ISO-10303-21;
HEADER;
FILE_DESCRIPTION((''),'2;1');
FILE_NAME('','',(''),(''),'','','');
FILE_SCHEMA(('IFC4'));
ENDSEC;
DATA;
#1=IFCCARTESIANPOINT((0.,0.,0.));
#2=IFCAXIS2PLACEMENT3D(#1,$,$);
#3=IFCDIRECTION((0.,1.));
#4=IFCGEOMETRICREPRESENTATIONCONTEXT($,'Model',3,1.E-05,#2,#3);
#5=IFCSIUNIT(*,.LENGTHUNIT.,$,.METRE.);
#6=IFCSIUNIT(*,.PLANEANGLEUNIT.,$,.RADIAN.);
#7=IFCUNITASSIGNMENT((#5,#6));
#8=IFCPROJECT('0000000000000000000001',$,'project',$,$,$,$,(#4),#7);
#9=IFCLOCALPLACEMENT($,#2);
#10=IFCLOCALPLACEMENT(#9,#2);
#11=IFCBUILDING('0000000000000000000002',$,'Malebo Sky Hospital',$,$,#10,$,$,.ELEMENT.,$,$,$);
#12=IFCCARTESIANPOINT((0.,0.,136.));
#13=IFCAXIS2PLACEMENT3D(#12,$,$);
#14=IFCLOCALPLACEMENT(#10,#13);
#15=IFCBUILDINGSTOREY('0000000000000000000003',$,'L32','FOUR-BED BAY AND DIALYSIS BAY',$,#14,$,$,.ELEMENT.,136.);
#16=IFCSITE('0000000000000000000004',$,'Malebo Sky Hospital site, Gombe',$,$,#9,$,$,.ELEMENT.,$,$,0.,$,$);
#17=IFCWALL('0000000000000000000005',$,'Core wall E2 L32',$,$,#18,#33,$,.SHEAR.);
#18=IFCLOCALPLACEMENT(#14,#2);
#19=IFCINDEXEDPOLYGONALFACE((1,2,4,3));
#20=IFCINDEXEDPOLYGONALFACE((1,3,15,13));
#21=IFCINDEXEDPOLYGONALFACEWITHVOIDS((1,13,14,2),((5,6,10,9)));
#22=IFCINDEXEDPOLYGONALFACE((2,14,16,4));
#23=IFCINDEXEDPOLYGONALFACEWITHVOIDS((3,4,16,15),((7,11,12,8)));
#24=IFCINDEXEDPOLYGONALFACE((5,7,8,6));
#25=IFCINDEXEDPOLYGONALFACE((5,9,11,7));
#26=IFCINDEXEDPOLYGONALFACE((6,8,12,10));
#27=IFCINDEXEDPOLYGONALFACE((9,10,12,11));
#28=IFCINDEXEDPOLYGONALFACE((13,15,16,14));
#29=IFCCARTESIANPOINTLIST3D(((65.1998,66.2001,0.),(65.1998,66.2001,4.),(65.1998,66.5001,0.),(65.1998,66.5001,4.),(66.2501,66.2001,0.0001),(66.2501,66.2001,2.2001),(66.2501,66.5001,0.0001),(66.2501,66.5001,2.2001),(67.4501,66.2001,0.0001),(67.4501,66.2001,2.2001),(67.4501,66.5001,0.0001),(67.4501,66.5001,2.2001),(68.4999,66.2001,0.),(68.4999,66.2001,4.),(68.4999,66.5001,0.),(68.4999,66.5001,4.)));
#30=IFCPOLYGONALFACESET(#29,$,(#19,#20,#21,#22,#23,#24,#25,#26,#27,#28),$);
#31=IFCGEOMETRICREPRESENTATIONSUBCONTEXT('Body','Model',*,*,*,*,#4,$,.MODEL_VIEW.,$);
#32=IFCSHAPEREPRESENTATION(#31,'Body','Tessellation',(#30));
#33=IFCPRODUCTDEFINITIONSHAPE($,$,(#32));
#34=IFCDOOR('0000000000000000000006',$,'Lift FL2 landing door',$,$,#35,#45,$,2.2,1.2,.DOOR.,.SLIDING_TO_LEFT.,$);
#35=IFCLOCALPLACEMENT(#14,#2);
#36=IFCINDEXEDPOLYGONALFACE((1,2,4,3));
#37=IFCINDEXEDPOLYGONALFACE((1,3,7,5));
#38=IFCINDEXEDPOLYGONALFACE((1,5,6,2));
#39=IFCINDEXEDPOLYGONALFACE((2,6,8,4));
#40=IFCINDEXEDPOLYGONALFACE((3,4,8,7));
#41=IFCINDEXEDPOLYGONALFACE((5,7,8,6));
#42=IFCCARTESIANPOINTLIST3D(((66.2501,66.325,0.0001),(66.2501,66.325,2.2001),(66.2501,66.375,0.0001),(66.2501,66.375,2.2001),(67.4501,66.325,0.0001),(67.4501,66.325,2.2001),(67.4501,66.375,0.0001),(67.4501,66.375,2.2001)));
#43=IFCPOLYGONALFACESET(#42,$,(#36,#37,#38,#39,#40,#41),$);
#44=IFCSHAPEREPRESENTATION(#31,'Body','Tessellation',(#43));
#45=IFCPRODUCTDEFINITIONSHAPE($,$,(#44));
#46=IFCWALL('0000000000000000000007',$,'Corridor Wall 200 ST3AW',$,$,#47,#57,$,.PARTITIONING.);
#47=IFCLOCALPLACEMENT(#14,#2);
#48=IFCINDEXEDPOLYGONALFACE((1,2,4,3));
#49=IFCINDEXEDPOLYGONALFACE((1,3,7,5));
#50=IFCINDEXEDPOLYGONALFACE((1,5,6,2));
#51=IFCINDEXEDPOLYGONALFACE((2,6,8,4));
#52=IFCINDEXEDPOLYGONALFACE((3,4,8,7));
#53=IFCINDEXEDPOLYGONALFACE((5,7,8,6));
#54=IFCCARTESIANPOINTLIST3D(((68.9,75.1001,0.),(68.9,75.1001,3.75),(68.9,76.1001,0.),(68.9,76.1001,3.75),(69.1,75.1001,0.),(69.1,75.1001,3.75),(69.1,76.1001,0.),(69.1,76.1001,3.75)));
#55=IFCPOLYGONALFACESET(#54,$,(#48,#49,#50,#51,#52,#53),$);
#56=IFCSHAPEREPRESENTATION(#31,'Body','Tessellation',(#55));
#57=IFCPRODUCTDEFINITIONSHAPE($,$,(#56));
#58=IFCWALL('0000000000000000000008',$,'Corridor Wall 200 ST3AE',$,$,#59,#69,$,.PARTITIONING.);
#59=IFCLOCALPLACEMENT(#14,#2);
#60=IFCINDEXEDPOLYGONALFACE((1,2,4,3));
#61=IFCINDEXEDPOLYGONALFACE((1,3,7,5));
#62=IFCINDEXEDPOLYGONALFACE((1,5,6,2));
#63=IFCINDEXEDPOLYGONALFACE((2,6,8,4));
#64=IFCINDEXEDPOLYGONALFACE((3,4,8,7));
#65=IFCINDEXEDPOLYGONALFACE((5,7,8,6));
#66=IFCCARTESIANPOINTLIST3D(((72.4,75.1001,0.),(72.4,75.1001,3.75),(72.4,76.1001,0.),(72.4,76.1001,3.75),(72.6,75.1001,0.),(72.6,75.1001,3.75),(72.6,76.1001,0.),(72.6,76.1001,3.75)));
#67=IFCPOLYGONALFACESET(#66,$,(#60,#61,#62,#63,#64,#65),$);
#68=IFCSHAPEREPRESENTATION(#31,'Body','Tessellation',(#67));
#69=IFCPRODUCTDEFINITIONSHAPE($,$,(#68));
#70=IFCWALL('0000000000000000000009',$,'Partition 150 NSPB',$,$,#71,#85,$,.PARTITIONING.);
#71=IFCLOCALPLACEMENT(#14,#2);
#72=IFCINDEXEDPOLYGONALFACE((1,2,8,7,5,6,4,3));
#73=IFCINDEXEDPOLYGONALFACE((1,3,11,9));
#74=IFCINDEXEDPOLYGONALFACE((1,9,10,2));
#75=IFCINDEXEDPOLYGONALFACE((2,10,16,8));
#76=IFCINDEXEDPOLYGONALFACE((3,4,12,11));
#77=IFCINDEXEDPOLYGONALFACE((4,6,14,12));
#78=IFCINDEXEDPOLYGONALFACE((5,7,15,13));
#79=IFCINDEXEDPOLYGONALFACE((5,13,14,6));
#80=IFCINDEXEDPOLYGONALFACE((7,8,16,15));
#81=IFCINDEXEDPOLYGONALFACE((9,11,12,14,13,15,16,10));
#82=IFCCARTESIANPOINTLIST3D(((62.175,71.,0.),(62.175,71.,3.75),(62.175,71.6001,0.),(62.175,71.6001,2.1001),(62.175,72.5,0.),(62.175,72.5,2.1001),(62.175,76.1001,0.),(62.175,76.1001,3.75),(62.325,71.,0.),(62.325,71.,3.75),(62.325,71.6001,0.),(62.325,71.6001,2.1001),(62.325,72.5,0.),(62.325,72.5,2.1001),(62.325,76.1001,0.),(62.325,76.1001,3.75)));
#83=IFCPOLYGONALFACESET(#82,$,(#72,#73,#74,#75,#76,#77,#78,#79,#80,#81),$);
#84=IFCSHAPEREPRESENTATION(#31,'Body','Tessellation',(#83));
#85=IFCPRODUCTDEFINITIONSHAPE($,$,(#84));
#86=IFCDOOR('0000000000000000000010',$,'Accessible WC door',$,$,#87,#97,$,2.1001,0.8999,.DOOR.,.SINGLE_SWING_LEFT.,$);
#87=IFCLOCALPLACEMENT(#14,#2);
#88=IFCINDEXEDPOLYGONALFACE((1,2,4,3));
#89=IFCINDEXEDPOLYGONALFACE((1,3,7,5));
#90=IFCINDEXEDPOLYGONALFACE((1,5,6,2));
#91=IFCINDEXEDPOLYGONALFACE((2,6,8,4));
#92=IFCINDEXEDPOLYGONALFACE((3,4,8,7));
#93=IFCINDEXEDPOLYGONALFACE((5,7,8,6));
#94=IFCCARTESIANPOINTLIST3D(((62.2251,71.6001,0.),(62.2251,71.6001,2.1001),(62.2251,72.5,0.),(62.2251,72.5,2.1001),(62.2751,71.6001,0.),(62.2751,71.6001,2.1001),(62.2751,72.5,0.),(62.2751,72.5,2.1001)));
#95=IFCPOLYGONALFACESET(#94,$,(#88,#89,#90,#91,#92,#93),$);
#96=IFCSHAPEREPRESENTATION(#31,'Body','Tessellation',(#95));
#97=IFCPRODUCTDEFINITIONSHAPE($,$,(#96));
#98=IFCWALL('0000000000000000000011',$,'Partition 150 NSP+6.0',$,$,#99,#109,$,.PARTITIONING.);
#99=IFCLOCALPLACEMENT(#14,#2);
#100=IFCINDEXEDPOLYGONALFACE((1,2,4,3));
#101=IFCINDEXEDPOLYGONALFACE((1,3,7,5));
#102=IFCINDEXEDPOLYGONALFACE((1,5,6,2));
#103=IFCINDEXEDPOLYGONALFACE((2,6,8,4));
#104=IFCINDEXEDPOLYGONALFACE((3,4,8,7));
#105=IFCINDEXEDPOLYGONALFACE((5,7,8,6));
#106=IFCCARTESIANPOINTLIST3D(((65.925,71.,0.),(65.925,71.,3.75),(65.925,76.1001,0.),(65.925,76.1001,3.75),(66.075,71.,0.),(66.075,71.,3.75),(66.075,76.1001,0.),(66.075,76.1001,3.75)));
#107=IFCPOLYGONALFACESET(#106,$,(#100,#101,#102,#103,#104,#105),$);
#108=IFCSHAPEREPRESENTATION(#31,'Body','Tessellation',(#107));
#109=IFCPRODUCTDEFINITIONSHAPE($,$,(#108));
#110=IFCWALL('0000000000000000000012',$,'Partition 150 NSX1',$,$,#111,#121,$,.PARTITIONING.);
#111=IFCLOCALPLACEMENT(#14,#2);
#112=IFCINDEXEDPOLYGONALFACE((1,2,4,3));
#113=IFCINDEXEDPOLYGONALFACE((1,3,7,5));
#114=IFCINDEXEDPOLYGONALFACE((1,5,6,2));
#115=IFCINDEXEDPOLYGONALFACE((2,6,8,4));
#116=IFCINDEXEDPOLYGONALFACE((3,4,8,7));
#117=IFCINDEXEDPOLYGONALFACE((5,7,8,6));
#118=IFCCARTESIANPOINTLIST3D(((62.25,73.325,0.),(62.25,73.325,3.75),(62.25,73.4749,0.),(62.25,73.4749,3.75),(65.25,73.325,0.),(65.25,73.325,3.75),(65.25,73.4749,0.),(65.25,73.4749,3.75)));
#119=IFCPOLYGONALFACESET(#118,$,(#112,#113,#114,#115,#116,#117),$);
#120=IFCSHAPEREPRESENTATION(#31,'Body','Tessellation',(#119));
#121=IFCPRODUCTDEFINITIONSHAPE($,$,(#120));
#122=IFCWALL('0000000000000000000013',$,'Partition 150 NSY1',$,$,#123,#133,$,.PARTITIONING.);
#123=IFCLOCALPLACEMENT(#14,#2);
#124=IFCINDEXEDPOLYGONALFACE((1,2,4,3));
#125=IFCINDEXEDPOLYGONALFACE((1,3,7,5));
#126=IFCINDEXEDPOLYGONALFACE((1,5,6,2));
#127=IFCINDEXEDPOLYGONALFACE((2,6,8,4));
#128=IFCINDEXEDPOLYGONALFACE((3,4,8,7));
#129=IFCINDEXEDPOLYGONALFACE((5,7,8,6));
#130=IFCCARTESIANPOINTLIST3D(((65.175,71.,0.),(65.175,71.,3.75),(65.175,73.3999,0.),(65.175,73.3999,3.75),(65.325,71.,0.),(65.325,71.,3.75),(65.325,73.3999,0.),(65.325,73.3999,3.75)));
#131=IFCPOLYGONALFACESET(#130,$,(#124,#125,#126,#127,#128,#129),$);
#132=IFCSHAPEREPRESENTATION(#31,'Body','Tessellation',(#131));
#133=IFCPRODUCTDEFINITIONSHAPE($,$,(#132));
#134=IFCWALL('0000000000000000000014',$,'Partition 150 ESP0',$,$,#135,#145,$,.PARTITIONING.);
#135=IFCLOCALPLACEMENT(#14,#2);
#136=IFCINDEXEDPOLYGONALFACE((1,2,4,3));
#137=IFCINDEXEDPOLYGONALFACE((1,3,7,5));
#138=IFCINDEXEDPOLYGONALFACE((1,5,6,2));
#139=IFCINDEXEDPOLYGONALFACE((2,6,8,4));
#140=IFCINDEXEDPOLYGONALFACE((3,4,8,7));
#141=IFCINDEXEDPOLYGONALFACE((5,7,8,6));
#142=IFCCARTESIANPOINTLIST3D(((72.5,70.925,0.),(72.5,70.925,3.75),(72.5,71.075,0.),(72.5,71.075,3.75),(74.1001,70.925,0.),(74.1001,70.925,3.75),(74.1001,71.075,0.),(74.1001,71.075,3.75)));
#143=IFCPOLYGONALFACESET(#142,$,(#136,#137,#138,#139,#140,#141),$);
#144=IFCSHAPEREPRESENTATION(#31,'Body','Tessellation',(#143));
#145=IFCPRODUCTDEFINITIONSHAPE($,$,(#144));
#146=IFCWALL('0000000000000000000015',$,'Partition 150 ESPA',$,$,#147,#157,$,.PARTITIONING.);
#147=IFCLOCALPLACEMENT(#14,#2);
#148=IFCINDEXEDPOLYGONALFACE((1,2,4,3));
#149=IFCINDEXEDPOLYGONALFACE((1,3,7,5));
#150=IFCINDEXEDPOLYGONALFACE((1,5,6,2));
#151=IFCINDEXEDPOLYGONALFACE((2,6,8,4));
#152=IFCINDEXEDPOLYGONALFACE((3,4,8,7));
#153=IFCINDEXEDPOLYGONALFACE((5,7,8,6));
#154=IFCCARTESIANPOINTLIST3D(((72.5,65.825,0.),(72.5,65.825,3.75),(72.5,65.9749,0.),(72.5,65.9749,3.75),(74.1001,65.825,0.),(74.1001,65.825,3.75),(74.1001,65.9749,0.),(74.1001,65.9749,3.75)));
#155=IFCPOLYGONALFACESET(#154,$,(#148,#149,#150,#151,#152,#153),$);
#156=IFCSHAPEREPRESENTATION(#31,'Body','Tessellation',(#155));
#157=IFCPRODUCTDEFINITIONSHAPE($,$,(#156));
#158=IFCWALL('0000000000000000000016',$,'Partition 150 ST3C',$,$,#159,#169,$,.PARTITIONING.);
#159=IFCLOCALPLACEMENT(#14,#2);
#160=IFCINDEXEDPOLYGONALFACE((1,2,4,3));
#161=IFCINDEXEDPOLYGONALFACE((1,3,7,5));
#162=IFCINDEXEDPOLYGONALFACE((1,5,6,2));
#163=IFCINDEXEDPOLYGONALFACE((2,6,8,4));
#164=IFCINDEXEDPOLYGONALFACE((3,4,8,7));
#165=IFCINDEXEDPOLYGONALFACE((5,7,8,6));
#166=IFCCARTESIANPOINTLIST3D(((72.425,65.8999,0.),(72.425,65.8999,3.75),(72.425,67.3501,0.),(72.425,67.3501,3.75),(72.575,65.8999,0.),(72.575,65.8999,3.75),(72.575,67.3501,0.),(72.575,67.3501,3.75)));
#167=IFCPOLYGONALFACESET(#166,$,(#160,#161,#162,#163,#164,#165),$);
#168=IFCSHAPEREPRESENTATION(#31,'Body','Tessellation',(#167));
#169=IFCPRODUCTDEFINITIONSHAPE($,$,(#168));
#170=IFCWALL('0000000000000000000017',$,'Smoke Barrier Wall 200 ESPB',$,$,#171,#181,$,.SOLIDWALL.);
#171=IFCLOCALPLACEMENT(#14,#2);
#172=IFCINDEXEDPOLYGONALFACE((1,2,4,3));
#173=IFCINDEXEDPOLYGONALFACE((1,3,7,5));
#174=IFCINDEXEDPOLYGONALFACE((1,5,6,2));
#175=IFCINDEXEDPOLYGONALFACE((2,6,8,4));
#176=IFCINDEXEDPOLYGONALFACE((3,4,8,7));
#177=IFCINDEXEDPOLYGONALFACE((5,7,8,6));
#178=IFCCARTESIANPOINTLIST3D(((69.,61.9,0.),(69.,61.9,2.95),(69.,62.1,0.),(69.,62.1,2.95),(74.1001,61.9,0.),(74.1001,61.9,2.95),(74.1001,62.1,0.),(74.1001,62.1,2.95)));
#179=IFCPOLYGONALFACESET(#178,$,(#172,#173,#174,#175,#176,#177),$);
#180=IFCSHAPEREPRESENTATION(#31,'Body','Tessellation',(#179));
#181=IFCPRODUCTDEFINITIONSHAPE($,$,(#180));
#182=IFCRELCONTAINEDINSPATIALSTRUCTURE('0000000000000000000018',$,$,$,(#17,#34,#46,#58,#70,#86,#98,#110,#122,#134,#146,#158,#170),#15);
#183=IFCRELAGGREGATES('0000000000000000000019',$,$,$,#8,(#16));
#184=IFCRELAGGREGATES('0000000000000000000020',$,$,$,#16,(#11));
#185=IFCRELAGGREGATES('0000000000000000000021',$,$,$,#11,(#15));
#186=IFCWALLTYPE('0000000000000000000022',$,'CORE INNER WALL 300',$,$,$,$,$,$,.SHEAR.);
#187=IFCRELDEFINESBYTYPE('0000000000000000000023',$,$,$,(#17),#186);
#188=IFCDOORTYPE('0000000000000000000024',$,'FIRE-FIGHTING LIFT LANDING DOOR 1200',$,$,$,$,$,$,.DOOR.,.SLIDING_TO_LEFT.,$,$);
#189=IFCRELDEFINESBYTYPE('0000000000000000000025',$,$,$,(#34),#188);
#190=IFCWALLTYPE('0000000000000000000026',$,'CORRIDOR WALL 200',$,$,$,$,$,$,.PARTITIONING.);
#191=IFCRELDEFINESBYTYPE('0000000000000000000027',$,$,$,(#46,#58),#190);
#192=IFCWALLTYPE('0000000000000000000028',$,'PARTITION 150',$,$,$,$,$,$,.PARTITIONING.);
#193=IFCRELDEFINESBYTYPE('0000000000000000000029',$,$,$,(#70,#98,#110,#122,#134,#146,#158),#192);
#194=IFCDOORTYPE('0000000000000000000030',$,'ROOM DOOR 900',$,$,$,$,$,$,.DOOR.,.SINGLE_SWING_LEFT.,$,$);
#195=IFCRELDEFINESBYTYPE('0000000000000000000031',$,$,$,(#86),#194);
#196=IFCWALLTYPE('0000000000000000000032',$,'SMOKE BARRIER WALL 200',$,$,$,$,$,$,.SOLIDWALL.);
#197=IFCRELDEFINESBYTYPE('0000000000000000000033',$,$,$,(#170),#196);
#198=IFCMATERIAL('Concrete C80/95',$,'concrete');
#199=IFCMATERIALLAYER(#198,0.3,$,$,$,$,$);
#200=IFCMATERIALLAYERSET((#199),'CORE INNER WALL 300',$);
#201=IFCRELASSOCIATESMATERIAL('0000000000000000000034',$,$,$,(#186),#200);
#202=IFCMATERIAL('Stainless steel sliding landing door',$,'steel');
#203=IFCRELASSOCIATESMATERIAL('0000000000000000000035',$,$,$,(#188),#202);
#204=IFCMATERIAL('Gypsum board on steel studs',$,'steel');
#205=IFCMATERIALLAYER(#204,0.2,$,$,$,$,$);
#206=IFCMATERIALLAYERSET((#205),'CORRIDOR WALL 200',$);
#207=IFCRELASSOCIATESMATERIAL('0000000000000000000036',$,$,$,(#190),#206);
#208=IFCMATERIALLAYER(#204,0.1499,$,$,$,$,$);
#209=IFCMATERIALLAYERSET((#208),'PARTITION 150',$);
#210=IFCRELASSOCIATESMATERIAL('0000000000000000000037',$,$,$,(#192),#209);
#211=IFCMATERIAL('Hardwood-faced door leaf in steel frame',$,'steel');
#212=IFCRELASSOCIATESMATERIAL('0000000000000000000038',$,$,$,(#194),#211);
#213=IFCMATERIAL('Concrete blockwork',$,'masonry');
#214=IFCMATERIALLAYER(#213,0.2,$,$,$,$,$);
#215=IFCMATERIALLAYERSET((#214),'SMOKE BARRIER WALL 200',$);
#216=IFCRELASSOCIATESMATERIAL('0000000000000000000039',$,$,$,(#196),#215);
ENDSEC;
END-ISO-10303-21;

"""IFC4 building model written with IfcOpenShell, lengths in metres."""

from ifc_helpers import new_model, si_unit, direction, frame, frame_2d, origin, place, context, subcontext, project, spatial, rectangle, extrude, material, layer, layer_set, type_object, element, fill, save


model = new_model("IFC4")

# Units and contexts
model_context = context("Model", 3, precision=1e-05, world=origin(), true_north=direction((0.0, 1.0)))
body_context = subcontext(model_context, "Body", "Model", "MODEL_VIEW")
ifc_project = project(units=[si_unit("LENGTHUNIT", "METRE"), si_unit("PLANEANGLEUNIT", "RADIAN")], contexts=[model_context])

# Site, building, storey
site_placement = place(None, origin())
site = spatial("IfcSite", under=ifc_project, at=site_placement, Name="Malebo Sky Hospital site, Gombe", CompositionType="ELEMENT", RefElevation=0.0)
building_placement = place(site_placement, origin())
building = spatial("IfcBuilding", under=site, at=building_placement, Name="Malebo Sky Hospital", CompositionType="ELEMENT")
storey_placement = place(building_placement, frame((0.0, 0.0, 136.0)))
storey = spatial("IfcBuildingStorey", under=building, at=storey_placement, Name="L32", Description="FOUR-BED BAY AND DIALYSIS BAY", CompositionType="ELEMENT", Elevation=136.0)

# Shared definitions
ifc_material_1 = material(Name="Concrete C80/95", Category="concrete")

# Wall, opening, door
ifc_layer_1 = layer(ifc_material_1, 0.3)
ifc_layer_set_1 = layer_set([ifc_layer_1], Name="CORE INNER WALL 300")
wall_type_1 = type_object("IfcWallType", Name="CORE INNER WALL 300", PredefinedType="SHEAR", material=ifc_layer_set_1)
wall_1_placement = place(storey_placement, frame((65.2, 66.3501, 0.0), z_axis=(0.0, 0.0, 1.0), x_axis=(1.0, 0.0, 0.0)))
wall_1 = element("IfcWall", 1, at=wall_1_placement, inside=storey, type_object=wall_type_1, Name="Core wall E2 L32", PredefinedType="SHEAR", context=body_context, shape_type="SweptSolid", body=[
    extrude(rectangle(XDim=3.3, YDim=0.3, at=frame_2d((1.6499, 0.0))), origin(), (0.0, 0.0, 1.0), 4.0),
])
opening_1_placement = place(wall_1_placement, frame((1.05, 0.0, 0.0)))
opening_1 = element("IfcOpeningElement", 2, at=opening_1_placement, cuts=wall_1, PredefinedType="OPENING", context=body_context, shape_type="SweptSolid", body=[
    extrude(rectangle(XDim=1.2, YDim=2.2, at=frame_2d((0.6001, 1.1001))), frame((0.0, 0.1599, 0.0), z_axis=(0.0, -1.0, 0.0), x_axis=(1.0, 0.0, 0.0)), (0.0, 0.0, 1.0), 0.3201),
])
ifc_material_2 = material(Name="Stainless steel sliding landing door", Category="steel")
door_type_1 = type_object("IfcDoorType", Name="FIRE-FIGHTING LIFT LANDING DOOR 1200", OperationType="SLIDING_TO_LEFT", PredefinedType="DOOR", material=ifc_material_2)
door_1_placement = place(opening_1_placement, origin())
door_1 = element("IfcDoor", 3, at=door_1_placement, inside=storey, type_object=door_type_1, Name="Lift FL2 landing door", OperationType="SLIDING_TO_LEFT", OverallHeight=2.2, OverallWidth=1.2, PredefinedType="DOOR", context=body_context, shape_type="SweptSolid", body=[
    extrude(rectangle(XDim=1.2, YDim=2.2, at=frame_2d((0.6001, 1.1001))), frame((0.0, 0.0249, 0.0), z_axis=(0.0, -1.0, 0.0), x_axis=(1.0, 0.0, 0.0)), (0.0, 0.0, 1.0), 0.05),
])
fill(opening_1, door_1)

# Walls
ifc_material_3 = material(Name="Gypsum board on steel studs", Category="steel")
ifc_layer_2 = layer(ifc_material_3, 0.2)
ifc_layer_set_2 = layer_set([ifc_layer_2], Name="CORRIDOR WALL 200")
wall_type_2 = type_object("IfcWallType", Name="CORRIDOR WALL 200", PredefinedType="PARTITIONING", material=ifc_layer_set_2)
for number, where, z_axis, x_axis, name in (
    (4, (69.0, 75.1001, 0.0), (0.0, 0.0, 1.0), (0.0, 1.0, 0.0), "Corridor Wall 200 ST3AW"),
    (5, (72.5, 75.1001, 0.0), (0.0, 0.0, 1.0), (0.0, 1.0, 0.0), "Corridor Wall 200 ST3AE"),
):
    element("IfcWall", number, at=place(storey_placement, frame(where, z_axis=z_axis, x_axis=x_axis)), inside=storey, type_object=wall_type_2, Name=name, PredefinedType="PARTITIONING", context=body_context, shape_type="SweptSolid", body=[
        extrude(rectangle(XDim=1.0, YDim=0.2, at=frame_2d((0.5, 0.0))), origin(), (0.0, 0.0, 1.0), 3.75),
    ])

# Wall, opening, door
ifc_layer_3 = layer(ifc_material_3, 0.1499)
ifc_layer_set_3 = layer_set([ifc_layer_3], Name="PARTITION 150")
wall_type_3 = type_object("IfcWallType", Name="PARTITION 150", PredefinedType="PARTITIONING", material=ifc_layer_set_3)
wall_2_placement = place(storey_placement, frame((62.25, 71.0, 0.0), z_axis=(0.0, 0.0, 1.0), x_axis=(0.0, 1.0, 0.0)))
wall_2 = element("IfcWall", 6, at=wall_2_placement, inside=storey, type_object=wall_type_3, Name="Partition 150 NSPB", PredefinedType="PARTITIONING", context=body_context, shape_type="SweptSolid", body=[
    extrude(rectangle(XDim=5.1001, YDim=0.1499, at=frame_2d((2.55, 0.0))), origin(), (0.0, 0.0, 1.0), 3.75),
])
opening_2_placement = place(wall_2_placement, frame((0.6001, 0.0, 0.0)))
opening_2 = element("IfcOpeningElement", 7, at=opening_2_placement, cuts=wall_2, PredefinedType="OPENING", context=body_context, shape_type="SweptSolid", body=[
    extrude(rectangle(XDim=0.8999, YDim=2.1001, at=frame_2d((0.45, 1.05))), frame((0.0, 0.085, 0.0), z_axis=(0.0, -1.0, 0.0), x_axis=(1.0, 0.0, 0.0)), (0.0, 0.0, 1.0), 0.1699),
])
ifc_material_4 = material(Name="Hardwood-faced door leaf in steel frame", Category="steel")
door_type_2 = type_object("IfcDoorType", Name="ROOM DOOR 900", OperationType="SINGLE_SWING_LEFT", PredefinedType="DOOR", material=ifc_material_4)
door_2_placement = place(opening_2_placement, origin())
door_2 = element("IfcDoor", 8, at=door_2_placement, inside=storey, type_object=door_type_2, Name="Accessible WC door", OperationType="SINGLE_SWING_LEFT", OverallHeight=2.1001, OverallWidth=0.8999, PredefinedType="DOOR", context=body_context, shape_type="SweptSolid", body=[
    extrude(rectangle(XDim=0.8999, YDim=2.1001, at=frame_2d((0.45, 1.05))), frame((0.0, 0.0249, 0.0), z_axis=(0.0, -1.0, 0.0), x_axis=(1.0, 0.0, 0.0)), (0.0, 0.0, 1.0), 0.05),
])
fill(opening_2, door_2)

# Walls
wall_3_placement = place(storey_placement, frame((66.0, 71.0, 0.0), z_axis=(0.0, 0.0, 1.0), x_axis=(0.0, 1.0, 0.0)))
element("IfcWall", 9, at=wall_3_placement, inside=storey, type_object=wall_type_3, Name="Partition 150 NSP+6.0", PredefinedType="PARTITIONING", context=body_context, shape_type="SweptSolid", body=[
    extrude(rectangle(XDim=5.1001, YDim=0.1499, at=frame_2d((2.55, 0.0))), origin(), (0.0, 0.0, 1.0), 3.75),
])
wall_4_placement = place(storey_placement, frame((62.25, 73.3999, 0.0), z_axis=(0.0, 0.0, 1.0), x_axis=(1.0, 0.0, 0.0)))
element("IfcWall", 10, at=wall_4_placement, inside=storey, type_object=wall_type_3, Name="Partition 150 NSX1", PredefinedType="PARTITIONING", context=body_context, shape_type="SweptSolid", body=[
    extrude(rectangle(XDim=3.0, YDim=0.1499, at=frame_2d((1.5, 0.0))), origin(), (0.0, 0.0, 1.0), 3.75),
])
wall_5_placement = place(storey_placement, frame((65.25, 71.0, 0.0), z_axis=(0.0, 0.0, 1.0), x_axis=(0.0, 1.0, 0.0)))
element("IfcWall", 11, at=wall_5_placement, inside=storey, type_object=wall_type_3, Name="Partition 150 NSY1", PredefinedType="PARTITIONING", context=body_context, shape_type="SweptSolid", body=[
    extrude(rectangle(XDim=2.3999, YDim=0.1499, at=frame_2d((1.2, 0.0))), origin(), (0.0, 0.0, 1.0), 3.75),
])
for number, where, z_axis, x_axis, name in (
    (12, (72.5, 71.0, 0.0), (0.0, 0.0, 1.0), (1.0, 0.0, 0.0), "Partition 150 ESP0"),
    (13, (72.5, 65.8999, 0.0), (0.0, 0.0, 1.0), (1.0, 0.0, 0.0), "Partition 150 ESPA"),
):
    element("IfcWall", number, at=place(storey_placement, frame(where, z_axis=z_axis, x_axis=x_axis)), inside=storey, type_object=wall_type_3, Name=name, PredefinedType="PARTITIONING", context=body_context, shape_type="SweptSolid", body=[
        extrude(rectangle(XDim=1.6001, YDim=0.1499, at=frame_2d((0.8, 0.0))), origin(), (0.0, 0.0, 1.0), 3.75),
    ])
wall_6_placement = place(storey_placement, frame((72.5, 65.8999, 0.0), z_axis=(0.0, 0.0, 1.0), x_axis=(0.0, 1.0, 0.0)))
element("IfcWall", 14, at=wall_6_placement, inside=storey, type_object=wall_type_3, Name="Partition 150 ST3C", PredefinedType="PARTITIONING", context=body_context, shape_type="SweptSolid", body=[
    extrude(rectangle(XDim=1.4502, YDim=0.1499, at=frame_2d((0.7251, 0.0))), origin(), (0.0, 0.0, 1.0), 3.75),
])
ifc_material_5 = material(Name="Concrete blockwork", Category="masonry")
ifc_layer_4 = layer(ifc_material_5, 0.2)
ifc_layer_set_4 = layer_set([ifc_layer_4], Name="SMOKE BARRIER WALL 200")
wall_type_4 = type_object("IfcWallType", Name="SMOKE BARRIER WALL 200", PredefinedType="SOLIDWALL", material=ifc_layer_set_4)
wall_7_placement = place(storey_placement, frame((69.0, 62.0, 0.0), z_axis=(0.0, 0.0, 1.0), x_axis=(1.0, 0.0, 0.0)))
element("IfcWall", 15, at=wall_7_placement, inside=storey, type_object=wall_type_4, Name="Smoke Barrier Wall 200 ESPB", PredefinedType="SOLIDWALL", context=body_context, shape_type="SweptSolid", body=[
    extrude(rectangle(XDim=5.1001, YDim=0.2, at=frame_2d((2.55, 0.0))), origin(), (0.0, 0.0, 1.0), 2.95),
])

save(model, "model.ifc")
